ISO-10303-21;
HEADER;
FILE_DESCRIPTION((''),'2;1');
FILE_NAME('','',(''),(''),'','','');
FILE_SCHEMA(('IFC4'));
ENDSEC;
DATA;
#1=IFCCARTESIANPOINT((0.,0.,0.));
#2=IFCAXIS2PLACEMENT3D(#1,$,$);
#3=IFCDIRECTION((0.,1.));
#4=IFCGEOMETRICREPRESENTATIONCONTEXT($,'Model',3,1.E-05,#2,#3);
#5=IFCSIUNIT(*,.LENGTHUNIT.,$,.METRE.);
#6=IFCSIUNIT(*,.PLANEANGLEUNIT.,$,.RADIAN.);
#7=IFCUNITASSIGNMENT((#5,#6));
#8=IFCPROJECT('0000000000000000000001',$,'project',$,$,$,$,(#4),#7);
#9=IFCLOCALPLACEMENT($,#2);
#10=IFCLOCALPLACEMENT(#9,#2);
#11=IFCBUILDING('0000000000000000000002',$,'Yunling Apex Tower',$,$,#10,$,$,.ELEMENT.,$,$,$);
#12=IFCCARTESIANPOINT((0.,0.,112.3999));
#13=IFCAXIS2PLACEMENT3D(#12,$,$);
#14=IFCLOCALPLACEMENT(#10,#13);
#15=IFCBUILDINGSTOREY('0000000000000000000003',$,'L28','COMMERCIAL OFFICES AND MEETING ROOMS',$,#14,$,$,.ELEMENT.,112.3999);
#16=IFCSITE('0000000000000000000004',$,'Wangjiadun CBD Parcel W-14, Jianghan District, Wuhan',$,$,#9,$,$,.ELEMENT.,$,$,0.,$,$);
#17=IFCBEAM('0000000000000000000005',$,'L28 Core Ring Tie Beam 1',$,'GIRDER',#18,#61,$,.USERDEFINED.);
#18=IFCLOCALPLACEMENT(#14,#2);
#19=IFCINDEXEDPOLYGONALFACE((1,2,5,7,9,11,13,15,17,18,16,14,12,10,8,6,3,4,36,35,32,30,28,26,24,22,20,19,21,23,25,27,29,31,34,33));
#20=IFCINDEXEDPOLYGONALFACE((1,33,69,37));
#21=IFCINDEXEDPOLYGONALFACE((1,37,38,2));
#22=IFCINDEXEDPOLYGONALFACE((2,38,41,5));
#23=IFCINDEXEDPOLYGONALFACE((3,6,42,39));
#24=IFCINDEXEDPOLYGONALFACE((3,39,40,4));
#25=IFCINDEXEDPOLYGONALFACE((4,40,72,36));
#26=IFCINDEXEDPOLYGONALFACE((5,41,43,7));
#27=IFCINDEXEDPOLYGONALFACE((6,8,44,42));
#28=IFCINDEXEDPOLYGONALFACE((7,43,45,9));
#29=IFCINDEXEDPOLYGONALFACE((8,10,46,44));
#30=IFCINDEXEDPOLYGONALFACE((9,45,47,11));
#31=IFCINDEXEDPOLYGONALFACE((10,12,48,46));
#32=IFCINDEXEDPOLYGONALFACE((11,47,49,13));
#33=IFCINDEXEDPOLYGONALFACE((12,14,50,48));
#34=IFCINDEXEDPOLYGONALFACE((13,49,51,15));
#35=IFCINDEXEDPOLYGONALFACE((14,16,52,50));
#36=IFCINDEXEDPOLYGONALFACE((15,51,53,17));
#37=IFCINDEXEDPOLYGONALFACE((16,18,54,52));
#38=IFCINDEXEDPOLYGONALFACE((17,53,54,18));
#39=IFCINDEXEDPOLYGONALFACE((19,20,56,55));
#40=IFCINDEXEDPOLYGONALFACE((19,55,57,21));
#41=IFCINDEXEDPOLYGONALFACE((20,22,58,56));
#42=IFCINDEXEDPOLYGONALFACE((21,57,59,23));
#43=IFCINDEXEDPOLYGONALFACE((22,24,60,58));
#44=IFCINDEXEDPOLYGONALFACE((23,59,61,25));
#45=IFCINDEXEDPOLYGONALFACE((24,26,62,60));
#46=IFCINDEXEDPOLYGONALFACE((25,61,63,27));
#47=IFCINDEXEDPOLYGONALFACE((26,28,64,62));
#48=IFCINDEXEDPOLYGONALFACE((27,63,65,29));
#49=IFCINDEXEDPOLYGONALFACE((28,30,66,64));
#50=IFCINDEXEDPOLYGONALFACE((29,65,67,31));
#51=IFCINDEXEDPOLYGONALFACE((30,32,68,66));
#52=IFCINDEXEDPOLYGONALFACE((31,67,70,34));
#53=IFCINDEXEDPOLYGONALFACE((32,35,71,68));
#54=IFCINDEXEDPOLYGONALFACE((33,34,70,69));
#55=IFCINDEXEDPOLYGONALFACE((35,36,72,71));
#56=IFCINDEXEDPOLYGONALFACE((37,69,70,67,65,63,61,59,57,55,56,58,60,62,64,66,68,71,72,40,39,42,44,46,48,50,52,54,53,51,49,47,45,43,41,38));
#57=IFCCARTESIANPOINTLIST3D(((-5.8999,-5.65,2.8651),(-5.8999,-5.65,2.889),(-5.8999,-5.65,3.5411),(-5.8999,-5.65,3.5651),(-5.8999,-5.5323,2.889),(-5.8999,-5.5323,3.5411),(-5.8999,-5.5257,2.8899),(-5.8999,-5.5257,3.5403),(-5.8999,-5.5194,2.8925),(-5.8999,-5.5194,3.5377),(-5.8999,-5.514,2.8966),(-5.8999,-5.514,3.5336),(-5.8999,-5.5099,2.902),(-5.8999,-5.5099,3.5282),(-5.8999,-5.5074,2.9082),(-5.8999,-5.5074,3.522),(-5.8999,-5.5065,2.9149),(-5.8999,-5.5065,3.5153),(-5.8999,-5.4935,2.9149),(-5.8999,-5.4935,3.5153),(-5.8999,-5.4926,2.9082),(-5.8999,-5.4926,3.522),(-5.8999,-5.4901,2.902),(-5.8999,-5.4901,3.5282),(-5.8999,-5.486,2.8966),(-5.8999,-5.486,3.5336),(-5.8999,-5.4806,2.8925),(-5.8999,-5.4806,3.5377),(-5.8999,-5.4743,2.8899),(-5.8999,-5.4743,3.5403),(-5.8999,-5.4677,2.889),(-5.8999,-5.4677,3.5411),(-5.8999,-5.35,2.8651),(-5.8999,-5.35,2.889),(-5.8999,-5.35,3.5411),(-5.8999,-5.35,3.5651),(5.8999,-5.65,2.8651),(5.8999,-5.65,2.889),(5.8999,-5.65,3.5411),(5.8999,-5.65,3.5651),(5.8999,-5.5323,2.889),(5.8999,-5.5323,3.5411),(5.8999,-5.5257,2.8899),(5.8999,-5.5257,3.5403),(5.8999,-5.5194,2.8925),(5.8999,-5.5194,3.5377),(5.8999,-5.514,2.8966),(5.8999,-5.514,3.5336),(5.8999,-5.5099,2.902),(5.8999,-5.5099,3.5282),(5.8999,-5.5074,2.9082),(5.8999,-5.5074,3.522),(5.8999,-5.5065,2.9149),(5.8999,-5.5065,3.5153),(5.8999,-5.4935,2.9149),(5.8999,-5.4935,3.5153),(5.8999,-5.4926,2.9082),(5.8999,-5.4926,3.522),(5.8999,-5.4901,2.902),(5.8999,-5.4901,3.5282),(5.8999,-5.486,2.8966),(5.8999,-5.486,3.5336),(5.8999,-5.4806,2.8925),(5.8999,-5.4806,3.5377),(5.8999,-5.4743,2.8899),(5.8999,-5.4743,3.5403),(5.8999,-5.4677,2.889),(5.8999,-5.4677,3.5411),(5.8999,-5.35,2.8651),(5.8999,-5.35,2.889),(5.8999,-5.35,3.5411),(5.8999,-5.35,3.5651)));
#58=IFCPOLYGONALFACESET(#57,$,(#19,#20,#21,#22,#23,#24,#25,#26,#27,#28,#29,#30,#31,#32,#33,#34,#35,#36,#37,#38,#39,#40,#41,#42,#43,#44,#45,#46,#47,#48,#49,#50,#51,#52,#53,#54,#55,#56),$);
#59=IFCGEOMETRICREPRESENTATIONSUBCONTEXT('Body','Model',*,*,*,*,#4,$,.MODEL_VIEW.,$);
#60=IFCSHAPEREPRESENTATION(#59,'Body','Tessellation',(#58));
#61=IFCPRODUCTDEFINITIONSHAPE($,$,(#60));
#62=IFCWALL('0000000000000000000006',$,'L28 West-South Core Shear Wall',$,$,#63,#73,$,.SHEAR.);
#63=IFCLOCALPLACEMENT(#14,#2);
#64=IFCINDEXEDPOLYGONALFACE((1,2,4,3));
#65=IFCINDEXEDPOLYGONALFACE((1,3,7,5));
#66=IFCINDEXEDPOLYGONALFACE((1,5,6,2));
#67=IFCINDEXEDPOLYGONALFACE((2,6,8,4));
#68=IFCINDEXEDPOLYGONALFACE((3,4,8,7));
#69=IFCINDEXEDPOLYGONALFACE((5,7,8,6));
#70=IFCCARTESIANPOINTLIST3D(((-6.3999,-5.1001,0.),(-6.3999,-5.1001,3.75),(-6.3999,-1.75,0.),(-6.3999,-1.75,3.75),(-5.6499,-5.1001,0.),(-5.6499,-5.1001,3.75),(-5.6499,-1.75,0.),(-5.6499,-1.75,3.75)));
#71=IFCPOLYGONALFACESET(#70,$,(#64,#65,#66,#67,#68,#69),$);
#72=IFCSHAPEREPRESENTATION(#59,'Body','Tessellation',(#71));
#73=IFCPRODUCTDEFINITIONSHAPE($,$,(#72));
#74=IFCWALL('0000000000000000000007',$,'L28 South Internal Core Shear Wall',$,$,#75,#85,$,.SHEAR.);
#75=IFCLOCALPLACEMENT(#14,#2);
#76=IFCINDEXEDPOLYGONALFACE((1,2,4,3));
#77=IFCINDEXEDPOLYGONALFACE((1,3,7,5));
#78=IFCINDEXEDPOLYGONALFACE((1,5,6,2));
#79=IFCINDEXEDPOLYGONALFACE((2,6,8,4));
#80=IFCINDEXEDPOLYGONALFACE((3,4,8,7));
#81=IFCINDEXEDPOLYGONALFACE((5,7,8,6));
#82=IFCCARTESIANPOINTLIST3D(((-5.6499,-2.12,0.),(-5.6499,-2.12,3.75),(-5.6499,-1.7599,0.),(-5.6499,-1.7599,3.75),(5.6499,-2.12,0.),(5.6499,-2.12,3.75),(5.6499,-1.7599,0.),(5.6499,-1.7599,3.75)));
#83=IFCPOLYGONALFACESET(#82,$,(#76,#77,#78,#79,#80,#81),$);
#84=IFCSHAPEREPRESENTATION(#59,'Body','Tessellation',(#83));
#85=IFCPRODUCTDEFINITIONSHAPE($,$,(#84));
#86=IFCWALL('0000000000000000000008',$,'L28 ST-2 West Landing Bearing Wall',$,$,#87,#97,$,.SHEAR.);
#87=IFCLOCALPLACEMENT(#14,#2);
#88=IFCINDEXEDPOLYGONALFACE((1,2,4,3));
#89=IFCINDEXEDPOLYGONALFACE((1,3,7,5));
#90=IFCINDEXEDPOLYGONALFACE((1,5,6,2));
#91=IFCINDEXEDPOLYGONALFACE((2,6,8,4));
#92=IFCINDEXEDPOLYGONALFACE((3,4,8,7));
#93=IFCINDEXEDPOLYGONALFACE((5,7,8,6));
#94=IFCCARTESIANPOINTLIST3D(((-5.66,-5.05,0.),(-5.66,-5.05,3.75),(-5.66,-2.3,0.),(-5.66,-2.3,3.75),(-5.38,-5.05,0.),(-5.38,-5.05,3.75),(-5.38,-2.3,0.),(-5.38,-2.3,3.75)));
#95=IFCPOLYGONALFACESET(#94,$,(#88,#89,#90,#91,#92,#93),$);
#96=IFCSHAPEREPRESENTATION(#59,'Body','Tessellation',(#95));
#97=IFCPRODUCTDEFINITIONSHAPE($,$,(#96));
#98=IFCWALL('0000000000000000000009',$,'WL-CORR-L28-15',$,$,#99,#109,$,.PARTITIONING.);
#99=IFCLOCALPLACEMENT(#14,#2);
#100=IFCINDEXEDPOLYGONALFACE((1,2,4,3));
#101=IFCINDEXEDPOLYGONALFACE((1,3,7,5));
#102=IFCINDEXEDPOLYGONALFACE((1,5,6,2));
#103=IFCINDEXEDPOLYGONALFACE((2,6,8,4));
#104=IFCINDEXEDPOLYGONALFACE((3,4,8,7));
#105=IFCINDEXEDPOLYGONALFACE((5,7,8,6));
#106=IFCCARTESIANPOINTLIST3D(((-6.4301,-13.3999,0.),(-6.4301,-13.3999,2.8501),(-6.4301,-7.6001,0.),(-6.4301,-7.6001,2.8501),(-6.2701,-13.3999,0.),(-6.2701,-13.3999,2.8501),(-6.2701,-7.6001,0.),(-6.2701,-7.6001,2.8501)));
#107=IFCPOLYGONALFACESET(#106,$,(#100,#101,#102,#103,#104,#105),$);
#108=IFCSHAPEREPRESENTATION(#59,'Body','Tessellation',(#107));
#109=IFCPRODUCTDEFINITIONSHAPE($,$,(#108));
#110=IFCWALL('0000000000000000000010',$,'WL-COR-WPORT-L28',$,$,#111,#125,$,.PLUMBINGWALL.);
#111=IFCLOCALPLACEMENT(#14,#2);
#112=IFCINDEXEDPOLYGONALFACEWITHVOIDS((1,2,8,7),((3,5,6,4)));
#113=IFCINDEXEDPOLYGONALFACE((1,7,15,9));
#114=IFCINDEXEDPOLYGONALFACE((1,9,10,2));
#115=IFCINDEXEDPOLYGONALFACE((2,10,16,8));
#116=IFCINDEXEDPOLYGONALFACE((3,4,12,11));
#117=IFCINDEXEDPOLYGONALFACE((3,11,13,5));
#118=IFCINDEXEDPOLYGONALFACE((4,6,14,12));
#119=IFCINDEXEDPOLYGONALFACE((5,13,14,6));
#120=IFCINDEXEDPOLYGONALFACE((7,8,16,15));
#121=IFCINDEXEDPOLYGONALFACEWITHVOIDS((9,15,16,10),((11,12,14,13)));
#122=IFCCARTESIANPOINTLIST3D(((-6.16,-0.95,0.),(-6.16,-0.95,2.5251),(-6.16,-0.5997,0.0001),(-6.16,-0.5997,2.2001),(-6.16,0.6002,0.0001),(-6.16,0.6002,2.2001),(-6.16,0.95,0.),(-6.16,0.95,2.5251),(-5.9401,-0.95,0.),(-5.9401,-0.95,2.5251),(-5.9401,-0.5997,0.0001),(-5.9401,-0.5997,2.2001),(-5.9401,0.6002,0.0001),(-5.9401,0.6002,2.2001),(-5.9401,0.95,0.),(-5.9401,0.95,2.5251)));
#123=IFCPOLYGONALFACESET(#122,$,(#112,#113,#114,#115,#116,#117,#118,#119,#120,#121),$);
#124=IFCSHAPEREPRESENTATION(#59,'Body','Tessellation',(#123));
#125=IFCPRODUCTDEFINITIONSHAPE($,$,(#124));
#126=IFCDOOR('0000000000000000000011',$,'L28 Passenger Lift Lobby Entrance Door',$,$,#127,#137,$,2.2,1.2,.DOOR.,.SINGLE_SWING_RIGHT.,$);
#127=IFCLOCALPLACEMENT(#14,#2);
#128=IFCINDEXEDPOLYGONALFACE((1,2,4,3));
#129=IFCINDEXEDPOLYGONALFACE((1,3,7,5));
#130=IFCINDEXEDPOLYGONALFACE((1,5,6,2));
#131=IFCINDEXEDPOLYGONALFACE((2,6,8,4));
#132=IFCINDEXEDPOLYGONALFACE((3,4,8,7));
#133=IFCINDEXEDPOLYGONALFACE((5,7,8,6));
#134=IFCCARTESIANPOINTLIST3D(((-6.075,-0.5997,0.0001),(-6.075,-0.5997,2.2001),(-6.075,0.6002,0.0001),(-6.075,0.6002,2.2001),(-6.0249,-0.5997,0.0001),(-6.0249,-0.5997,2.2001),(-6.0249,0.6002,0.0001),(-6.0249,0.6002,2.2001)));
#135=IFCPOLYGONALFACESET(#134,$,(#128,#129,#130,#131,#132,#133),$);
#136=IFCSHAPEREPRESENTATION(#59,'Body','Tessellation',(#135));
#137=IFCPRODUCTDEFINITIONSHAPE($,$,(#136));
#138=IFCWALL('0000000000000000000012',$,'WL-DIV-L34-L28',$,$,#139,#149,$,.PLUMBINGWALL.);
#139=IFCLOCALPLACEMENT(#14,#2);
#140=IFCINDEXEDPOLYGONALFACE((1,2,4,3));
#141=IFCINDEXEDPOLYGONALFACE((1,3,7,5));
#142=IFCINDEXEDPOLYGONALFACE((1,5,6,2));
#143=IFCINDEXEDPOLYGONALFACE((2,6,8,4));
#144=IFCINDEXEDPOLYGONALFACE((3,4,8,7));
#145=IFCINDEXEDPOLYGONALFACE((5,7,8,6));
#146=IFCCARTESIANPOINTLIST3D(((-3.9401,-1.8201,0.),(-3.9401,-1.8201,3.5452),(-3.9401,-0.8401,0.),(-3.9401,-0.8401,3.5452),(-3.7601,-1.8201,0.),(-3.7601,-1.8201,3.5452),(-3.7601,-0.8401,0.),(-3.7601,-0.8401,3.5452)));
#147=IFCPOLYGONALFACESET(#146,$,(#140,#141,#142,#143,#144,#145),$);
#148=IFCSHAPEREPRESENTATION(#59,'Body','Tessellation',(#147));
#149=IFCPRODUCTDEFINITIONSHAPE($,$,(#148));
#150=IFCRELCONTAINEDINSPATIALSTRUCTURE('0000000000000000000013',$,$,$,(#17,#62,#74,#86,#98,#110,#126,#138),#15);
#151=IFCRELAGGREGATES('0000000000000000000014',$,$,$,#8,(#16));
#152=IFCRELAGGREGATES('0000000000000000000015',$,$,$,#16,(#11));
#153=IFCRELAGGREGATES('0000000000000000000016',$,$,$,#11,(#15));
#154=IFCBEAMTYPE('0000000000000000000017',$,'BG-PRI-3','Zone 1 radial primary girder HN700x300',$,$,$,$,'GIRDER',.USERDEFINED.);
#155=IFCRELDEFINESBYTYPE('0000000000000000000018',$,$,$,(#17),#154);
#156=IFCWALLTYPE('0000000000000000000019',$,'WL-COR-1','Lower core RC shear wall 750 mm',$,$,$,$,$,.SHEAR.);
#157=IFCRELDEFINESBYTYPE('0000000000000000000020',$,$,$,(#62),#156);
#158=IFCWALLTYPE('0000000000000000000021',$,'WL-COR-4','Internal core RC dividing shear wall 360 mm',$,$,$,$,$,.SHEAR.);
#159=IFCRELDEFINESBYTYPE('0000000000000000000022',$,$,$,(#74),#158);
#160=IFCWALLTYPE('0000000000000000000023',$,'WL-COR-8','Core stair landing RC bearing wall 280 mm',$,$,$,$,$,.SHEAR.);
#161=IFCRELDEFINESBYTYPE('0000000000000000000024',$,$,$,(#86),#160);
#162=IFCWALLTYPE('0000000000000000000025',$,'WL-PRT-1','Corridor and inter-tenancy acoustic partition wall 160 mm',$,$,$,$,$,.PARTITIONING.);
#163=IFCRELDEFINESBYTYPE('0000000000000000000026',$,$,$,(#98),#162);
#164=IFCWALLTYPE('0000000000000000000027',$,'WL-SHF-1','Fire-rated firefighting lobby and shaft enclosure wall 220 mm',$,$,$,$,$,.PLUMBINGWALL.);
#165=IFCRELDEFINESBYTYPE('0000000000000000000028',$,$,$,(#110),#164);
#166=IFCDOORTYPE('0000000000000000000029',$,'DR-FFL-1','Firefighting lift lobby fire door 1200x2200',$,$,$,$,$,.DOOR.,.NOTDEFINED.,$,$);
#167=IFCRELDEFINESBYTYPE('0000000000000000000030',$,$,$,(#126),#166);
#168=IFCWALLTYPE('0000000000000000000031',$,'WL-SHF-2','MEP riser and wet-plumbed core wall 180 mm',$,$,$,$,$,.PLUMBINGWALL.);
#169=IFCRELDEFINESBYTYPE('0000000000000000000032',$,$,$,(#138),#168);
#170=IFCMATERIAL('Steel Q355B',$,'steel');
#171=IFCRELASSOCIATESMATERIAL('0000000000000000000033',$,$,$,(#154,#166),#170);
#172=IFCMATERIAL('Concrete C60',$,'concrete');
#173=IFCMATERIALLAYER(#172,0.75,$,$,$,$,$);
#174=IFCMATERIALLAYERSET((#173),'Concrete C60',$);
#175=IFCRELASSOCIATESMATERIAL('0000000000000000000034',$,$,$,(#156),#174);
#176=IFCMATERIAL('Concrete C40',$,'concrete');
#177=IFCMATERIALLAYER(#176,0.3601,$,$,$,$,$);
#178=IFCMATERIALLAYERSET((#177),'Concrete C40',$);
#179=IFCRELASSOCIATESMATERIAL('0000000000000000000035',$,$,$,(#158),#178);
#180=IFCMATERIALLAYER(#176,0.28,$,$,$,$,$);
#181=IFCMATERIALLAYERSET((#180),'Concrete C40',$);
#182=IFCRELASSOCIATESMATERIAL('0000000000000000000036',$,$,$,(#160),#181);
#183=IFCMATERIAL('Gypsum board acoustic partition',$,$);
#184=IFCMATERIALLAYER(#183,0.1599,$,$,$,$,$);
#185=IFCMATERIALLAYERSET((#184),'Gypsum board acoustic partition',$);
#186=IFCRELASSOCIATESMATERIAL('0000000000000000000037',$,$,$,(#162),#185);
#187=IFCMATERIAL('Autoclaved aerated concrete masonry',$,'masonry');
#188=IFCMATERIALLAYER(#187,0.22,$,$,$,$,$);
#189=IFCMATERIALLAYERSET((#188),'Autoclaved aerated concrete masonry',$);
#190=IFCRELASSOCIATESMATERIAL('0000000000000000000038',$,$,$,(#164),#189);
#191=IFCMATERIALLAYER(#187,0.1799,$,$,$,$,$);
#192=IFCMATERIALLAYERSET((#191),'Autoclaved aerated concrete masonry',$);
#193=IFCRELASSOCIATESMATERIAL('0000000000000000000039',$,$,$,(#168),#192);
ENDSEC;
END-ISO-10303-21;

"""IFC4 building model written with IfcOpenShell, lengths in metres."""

from ifc_helpers import new_model, si_unit, direction, frame, frame_2d, origin, origin_2d, place, context, subcontext, project, spatial, rectangle, i_section, extrude, source, transform, mapped, material, layer, layer_set, material_profile, profile_set, type_object, element, fill, save


model = new_model("IFC4")

# Units and contexts
model_context = context("Model", 3, precision=1e-05, world=origin(), true_north=direction((0.0, 1.0)))
body_context = subcontext(model_context, "Body", "Model", "MODEL_VIEW")
ifc_project = project(units=[si_unit("LENGTHUNIT", "METRE"), si_unit("PLANEANGLEUNIT", "RADIAN")], contexts=[model_context])

# Site, building, storey
site_placement = place(None, origin())
site = spatial("IfcSite", under=ifc_project, at=site_placement, Name="Wangjiadun CBD Parcel W-14, Jianghan District, Wuhan", CompositionType="ELEMENT", RefElevation=0.0)
building_placement = place(site_placement, origin())
building = spatial("IfcBuilding", under=site, at=building_placement, Name="Yunling Apex Tower", CompositionType="ELEMENT")
storey_placement = place(building_placement, frame((0.0, 0.0, 112.3999)))
storey = spatial("IfcBuildingStorey", under=building, at=storey_placement, Name="L28", Description="COMMERCIAL OFFICES AND MEETING ROOMS", CompositionType="ELEMENT", Elevation=112.3999)

# Shared definitions
ifc_material_1 = material(Name="Concrete C60", Category="concrete")

# Beam
ifc_material_2 = material(Name="Steel Q355B", Category="steel")
ifc_material_profile_1 = material_profile(ifc_material_2, i_section(OverallWidth=0.3, OverallDepth=0.7, WebThickness=0.0129, FlangeThickness=0.0239, FilletRadius=0.0259, at=origin_2d()))
ifc_profile_set_1 = profile_set([ifc_material_profile_1], Name="Steel Q355B")
beam_type_1 = type_object("IfcBeamType", Name="BG-PRI-3", Description="Zone 1 radial primary girder HN700x300", ElementType="GIRDER", PredefinedType="USERDEFINED", material=ifc_profile_set_1)
shared_shape_1 = source(origin(), body_context, "Body", "SweptSolid", [
    extrude(i_section(OverallWidth=0.3, OverallDepth=0.7, WebThickness=0.0129, FlangeThickness=0.0239, FilletRadius=0.0259, at=origin_2d()), origin(), (0.0, 0.0, 1.0), 11.7998),
])
beam_1_placement = place(storey_placement, frame((-5.8999, -5.5, 3.2151), z_axis=(1.0, 0.0, 0.0), x_axis=(0.0, 1.0, 0.0)))
element("IfcBeam", 1, at=beam_1_placement, inside=storey, type_object=beam_type_1, Name="L28 Core Ring Tie Beam 1", ObjectType="GIRDER", PredefinedType="USERDEFINED", context=body_context, shape_type="MappedRepresentation", body=[
    mapped(shared_shape_1, transform((0.0, 0.0, 0.0), scale=1.0)),
])

# Walls
ifc_layer_1 = layer(ifc_material_1, 0.75)
ifc_layer_set_1 = layer_set([ifc_layer_1], Name="Concrete C60")
wall_type_1 = type_object("IfcWallType", Name="WL-COR-1", Description="Lower core RC shear wall 750 mm", PredefinedType="SHEAR", material=ifc_layer_set_1)
wall_1_placement = place(storey_placement, frame((-6.0249, -5.1001, 0.0), z_axis=(0.0, 0.0, 1.0), x_axis=(0.0, 1.0, 0.0)))
element("IfcWall", 2, at=wall_1_placement, inside=storey, type_object=wall_type_1, Name="L28 West-South Core Shear Wall", PredefinedType="SHEAR", context=body_context, shape_type="SweptSolid", body=[
    extrude(rectangle(XDim=3.3501, YDim=0.75, at=frame_2d((1.675, 0.0))), origin(), (0.0, 0.0, 1.0), 3.75),
])
ifc_material_3 = material(Name="Concrete C40", Category="concrete")
ifc_layer_2 = layer(ifc_material_3, 0.3601)
ifc_layer_set_2 = layer_set([ifc_layer_2], Name="Concrete C40")
wall_type_2 = type_object("IfcWallType", Name="WL-COR-4", Description="Internal core RC dividing shear wall 360 mm", PredefinedType="SHEAR", material=ifc_layer_set_2)
wall_2_placement = place(storey_placement, frame((-5.6499, -1.9399, 0.0), z_axis=(0.0, 0.0, 1.0), x_axis=(1.0, 0.0, 0.0)))
element("IfcWall", 3, at=wall_2_placement, inside=storey, type_object=wall_type_2, Name="L28 South Internal Core Shear Wall", PredefinedType="SHEAR", context=body_context, shape_type="SweptSolid", body=[
    extrude(rectangle(XDim=11.2998, YDim=0.3601, at=frame_2d((5.6499, 0.0))), origin(), (0.0, 0.0, 1.0), 3.75),
])
ifc_layer_3 = layer(ifc_material_3, 0.28)
ifc_layer_set_3 = layer_set([ifc_layer_3], Name="Concrete C40")
wall_type_3 = type_object("IfcWallType", Name="WL-COR-8", Description="Core stair landing RC bearing wall 280 mm", PredefinedType="SHEAR", material=ifc_layer_set_3)
wall_3_placement = place(storey_placement, frame((-5.52, -5.05, 0.0), z_axis=(0.0, 0.0, 1.0), x_axis=(0.0, 1.0, 0.0)))
element("IfcWall", 4, at=wall_3_placement, inside=storey, type_object=wall_type_3, Name="L28 ST-2 West Landing Bearing Wall", PredefinedType="SHEAR", context=body_context, shape_type="SweptSolid", body=[
    extrude(rectangle(XDim=2.75, YDim=0.28, at=frame_2d((1.375, 0.0))), origin(), (0.0, 0.0, 1.0), 3.75),
])
ifc_material_4 = material(Name="Gypsum board acoustic partition")
ifc_layer_4 = layer(ifc_material_4, 0.1599)
ifc_layer_set_4 = layer_set([ifc_layer_4], Name="Gypsum board acoustic partition")
wall_type_4 = type_object("IfcWallType", Name="WL-PRT-1", Description="Corridor and inter-tenancy acoustic partition wall 160 mm", PredefinedType="PARTITIONING", material=ifc_layer_set_4)
wall_4_placement = place(storey_placement, frame((-6.3501, -7.6001, 0.0), z_axis=(0.0, 0.0, 1.0), x_axis=(0.0, -1.0, 0.0)))
element("IfcWall", 5, at=wall_4_placement, inside=storey, type_object=wall_type_4, Name="WL-CORR-L28-15", PredefinedType="PARTITIONING", context=body_context, shape_type="SweptSolid", body=[
    extrude(rectangle(XDim=5.7998, YDim=0.1599, at=frame_2d((2.8999, 0.0))), origin(), (0.0, 0.0, 1.0), 2.8501),
])

# Wall, opening, door
ifc_material_5 = material(Name="Autoclaved aerated concrete masonry", Category="masonry")
ifc_layer_5 = layer(ifc_material_5, 0.22)
ifc_layer_set_5 = layer_set([ifc_layer_5], Name="Autoclaved aerated concrete masonry")
wall_type_5 = type_object("IfcWallType", Name="WL-SHF-1", Description="Fire-rated firefighting lobby and shaft enclosure wall 220 mm", PredefinedType="PLUMBINGWALL", material=ifc_layer_set_5)
wall_5_placement = place(storey_placement, frame((-6.05, -0.95, 0.0), z_axis=(0.0, 0.0, 1.0), x_axis=(0.0, 1.0, 0.0)))
wall_5 = element("IfcWall", 6, at=wall_5_placement, inside=storey, type_object=wall_type_5, Name="WL-COR-WPORT-L28", PredefinedType="PLUMBINGWALL", context=body_context, shape_type="SweptSolid", body=[
    extrude(rectangle(XDim=1.8999, YDim=0.22, at=frame_2d((0.95, 0.0))), origin(), (0.0, 0.0, 1.0), 2.5251),
])
opening_1_placement = place(wall_5_placement, frame((0.3501, 0.0, 0.0)))
opening_1 = element("IfcOpeningElement", 7, at=opening_1_placement, cuts=wall_5, PredefinedType="OPENING", context=body_context, shape_type="SweptSolid", body=[
    extrude(rectangle(XDim=1.2, YDim=2.2, at=frame_2d((0.6001, 1.1001))), frame((0.0, 0.1201, 0.0), z_axis=(0.0, -1.0, 0.0), x_axis=(1.0, 0.0, 0.0)), (0.0, 0.0, 1.0), 0.24),
])
door_type_1 = type_object("IfcDoorType", Name="DR-FFL-1", Description="Firefighting lift lobby fire door 1200x2200", OperationType="NOTDEFINED", PredefinedType="DOOR", material=ifc_material_2)
door_1_placement = place(opening_1_placement, origin())
door_1 = element("IfcDoor", 8, at=door_1_placement, inside=storey, type_object=door_type_1, Name="L28 Passenger Lift Lobby Entrance Door", OperationType="SINGLE_SWING_RIGHT", OverallHeight=2.2, OverallWidth=1.2, PredefinedType="DOOR", context=body_context, shape_type="SweptSolid", body=[
    extrude(rectangle(XDim=1.2, YDim=2.2, at=frame_2d((0.6001, 1.1001))), frame((0.0, 0.0249, 0.0), z_axis=(0.0, -1.0, 0.0), x_axis=(1.0, 0.0, 0.0)), (0.0, 0.0, 1.0), 0.05),
])
fill(opening_1, door_1)

# Wall
ifc_layer_6 = layer(ifc_material_5, 0.1799)
ifc_layer_set_6 = layer_set([ifc_layer_6], Name="Autoclaved aerated concrete masonry")
wall_type_6 = type_object("IfcWallType", Name="WL-SHF-2", Description="MEP riser and wet-plumbed core wall 180 mm", PredefinedType="PLUMBINGWALL", material=ifc_layer_set_6)
wall_6_placement = place(storey_placement, frame((-3.8501, -1.8201, 0.0), z_axis=(0.0, 0.0, 1.0), x_axis=(0.0, 1.0, 0.0)))
element("IfcWall", 9, at=wall_6_placement, inside=storey, type_object=wall_type_6, Name="WL-DIV-L34-L28", PredefinedType="PLUMBINGWALL", context=body_context, shape_type="SweptSolid", body=[
    extrude(rectangle(XDim=0.98, YDim=0.1799, at=frame_2d((0.49, 0.0))), origin(), (0.0, 0.0, 1.0), 3.5452),
])

save(model, "model.ifc")
